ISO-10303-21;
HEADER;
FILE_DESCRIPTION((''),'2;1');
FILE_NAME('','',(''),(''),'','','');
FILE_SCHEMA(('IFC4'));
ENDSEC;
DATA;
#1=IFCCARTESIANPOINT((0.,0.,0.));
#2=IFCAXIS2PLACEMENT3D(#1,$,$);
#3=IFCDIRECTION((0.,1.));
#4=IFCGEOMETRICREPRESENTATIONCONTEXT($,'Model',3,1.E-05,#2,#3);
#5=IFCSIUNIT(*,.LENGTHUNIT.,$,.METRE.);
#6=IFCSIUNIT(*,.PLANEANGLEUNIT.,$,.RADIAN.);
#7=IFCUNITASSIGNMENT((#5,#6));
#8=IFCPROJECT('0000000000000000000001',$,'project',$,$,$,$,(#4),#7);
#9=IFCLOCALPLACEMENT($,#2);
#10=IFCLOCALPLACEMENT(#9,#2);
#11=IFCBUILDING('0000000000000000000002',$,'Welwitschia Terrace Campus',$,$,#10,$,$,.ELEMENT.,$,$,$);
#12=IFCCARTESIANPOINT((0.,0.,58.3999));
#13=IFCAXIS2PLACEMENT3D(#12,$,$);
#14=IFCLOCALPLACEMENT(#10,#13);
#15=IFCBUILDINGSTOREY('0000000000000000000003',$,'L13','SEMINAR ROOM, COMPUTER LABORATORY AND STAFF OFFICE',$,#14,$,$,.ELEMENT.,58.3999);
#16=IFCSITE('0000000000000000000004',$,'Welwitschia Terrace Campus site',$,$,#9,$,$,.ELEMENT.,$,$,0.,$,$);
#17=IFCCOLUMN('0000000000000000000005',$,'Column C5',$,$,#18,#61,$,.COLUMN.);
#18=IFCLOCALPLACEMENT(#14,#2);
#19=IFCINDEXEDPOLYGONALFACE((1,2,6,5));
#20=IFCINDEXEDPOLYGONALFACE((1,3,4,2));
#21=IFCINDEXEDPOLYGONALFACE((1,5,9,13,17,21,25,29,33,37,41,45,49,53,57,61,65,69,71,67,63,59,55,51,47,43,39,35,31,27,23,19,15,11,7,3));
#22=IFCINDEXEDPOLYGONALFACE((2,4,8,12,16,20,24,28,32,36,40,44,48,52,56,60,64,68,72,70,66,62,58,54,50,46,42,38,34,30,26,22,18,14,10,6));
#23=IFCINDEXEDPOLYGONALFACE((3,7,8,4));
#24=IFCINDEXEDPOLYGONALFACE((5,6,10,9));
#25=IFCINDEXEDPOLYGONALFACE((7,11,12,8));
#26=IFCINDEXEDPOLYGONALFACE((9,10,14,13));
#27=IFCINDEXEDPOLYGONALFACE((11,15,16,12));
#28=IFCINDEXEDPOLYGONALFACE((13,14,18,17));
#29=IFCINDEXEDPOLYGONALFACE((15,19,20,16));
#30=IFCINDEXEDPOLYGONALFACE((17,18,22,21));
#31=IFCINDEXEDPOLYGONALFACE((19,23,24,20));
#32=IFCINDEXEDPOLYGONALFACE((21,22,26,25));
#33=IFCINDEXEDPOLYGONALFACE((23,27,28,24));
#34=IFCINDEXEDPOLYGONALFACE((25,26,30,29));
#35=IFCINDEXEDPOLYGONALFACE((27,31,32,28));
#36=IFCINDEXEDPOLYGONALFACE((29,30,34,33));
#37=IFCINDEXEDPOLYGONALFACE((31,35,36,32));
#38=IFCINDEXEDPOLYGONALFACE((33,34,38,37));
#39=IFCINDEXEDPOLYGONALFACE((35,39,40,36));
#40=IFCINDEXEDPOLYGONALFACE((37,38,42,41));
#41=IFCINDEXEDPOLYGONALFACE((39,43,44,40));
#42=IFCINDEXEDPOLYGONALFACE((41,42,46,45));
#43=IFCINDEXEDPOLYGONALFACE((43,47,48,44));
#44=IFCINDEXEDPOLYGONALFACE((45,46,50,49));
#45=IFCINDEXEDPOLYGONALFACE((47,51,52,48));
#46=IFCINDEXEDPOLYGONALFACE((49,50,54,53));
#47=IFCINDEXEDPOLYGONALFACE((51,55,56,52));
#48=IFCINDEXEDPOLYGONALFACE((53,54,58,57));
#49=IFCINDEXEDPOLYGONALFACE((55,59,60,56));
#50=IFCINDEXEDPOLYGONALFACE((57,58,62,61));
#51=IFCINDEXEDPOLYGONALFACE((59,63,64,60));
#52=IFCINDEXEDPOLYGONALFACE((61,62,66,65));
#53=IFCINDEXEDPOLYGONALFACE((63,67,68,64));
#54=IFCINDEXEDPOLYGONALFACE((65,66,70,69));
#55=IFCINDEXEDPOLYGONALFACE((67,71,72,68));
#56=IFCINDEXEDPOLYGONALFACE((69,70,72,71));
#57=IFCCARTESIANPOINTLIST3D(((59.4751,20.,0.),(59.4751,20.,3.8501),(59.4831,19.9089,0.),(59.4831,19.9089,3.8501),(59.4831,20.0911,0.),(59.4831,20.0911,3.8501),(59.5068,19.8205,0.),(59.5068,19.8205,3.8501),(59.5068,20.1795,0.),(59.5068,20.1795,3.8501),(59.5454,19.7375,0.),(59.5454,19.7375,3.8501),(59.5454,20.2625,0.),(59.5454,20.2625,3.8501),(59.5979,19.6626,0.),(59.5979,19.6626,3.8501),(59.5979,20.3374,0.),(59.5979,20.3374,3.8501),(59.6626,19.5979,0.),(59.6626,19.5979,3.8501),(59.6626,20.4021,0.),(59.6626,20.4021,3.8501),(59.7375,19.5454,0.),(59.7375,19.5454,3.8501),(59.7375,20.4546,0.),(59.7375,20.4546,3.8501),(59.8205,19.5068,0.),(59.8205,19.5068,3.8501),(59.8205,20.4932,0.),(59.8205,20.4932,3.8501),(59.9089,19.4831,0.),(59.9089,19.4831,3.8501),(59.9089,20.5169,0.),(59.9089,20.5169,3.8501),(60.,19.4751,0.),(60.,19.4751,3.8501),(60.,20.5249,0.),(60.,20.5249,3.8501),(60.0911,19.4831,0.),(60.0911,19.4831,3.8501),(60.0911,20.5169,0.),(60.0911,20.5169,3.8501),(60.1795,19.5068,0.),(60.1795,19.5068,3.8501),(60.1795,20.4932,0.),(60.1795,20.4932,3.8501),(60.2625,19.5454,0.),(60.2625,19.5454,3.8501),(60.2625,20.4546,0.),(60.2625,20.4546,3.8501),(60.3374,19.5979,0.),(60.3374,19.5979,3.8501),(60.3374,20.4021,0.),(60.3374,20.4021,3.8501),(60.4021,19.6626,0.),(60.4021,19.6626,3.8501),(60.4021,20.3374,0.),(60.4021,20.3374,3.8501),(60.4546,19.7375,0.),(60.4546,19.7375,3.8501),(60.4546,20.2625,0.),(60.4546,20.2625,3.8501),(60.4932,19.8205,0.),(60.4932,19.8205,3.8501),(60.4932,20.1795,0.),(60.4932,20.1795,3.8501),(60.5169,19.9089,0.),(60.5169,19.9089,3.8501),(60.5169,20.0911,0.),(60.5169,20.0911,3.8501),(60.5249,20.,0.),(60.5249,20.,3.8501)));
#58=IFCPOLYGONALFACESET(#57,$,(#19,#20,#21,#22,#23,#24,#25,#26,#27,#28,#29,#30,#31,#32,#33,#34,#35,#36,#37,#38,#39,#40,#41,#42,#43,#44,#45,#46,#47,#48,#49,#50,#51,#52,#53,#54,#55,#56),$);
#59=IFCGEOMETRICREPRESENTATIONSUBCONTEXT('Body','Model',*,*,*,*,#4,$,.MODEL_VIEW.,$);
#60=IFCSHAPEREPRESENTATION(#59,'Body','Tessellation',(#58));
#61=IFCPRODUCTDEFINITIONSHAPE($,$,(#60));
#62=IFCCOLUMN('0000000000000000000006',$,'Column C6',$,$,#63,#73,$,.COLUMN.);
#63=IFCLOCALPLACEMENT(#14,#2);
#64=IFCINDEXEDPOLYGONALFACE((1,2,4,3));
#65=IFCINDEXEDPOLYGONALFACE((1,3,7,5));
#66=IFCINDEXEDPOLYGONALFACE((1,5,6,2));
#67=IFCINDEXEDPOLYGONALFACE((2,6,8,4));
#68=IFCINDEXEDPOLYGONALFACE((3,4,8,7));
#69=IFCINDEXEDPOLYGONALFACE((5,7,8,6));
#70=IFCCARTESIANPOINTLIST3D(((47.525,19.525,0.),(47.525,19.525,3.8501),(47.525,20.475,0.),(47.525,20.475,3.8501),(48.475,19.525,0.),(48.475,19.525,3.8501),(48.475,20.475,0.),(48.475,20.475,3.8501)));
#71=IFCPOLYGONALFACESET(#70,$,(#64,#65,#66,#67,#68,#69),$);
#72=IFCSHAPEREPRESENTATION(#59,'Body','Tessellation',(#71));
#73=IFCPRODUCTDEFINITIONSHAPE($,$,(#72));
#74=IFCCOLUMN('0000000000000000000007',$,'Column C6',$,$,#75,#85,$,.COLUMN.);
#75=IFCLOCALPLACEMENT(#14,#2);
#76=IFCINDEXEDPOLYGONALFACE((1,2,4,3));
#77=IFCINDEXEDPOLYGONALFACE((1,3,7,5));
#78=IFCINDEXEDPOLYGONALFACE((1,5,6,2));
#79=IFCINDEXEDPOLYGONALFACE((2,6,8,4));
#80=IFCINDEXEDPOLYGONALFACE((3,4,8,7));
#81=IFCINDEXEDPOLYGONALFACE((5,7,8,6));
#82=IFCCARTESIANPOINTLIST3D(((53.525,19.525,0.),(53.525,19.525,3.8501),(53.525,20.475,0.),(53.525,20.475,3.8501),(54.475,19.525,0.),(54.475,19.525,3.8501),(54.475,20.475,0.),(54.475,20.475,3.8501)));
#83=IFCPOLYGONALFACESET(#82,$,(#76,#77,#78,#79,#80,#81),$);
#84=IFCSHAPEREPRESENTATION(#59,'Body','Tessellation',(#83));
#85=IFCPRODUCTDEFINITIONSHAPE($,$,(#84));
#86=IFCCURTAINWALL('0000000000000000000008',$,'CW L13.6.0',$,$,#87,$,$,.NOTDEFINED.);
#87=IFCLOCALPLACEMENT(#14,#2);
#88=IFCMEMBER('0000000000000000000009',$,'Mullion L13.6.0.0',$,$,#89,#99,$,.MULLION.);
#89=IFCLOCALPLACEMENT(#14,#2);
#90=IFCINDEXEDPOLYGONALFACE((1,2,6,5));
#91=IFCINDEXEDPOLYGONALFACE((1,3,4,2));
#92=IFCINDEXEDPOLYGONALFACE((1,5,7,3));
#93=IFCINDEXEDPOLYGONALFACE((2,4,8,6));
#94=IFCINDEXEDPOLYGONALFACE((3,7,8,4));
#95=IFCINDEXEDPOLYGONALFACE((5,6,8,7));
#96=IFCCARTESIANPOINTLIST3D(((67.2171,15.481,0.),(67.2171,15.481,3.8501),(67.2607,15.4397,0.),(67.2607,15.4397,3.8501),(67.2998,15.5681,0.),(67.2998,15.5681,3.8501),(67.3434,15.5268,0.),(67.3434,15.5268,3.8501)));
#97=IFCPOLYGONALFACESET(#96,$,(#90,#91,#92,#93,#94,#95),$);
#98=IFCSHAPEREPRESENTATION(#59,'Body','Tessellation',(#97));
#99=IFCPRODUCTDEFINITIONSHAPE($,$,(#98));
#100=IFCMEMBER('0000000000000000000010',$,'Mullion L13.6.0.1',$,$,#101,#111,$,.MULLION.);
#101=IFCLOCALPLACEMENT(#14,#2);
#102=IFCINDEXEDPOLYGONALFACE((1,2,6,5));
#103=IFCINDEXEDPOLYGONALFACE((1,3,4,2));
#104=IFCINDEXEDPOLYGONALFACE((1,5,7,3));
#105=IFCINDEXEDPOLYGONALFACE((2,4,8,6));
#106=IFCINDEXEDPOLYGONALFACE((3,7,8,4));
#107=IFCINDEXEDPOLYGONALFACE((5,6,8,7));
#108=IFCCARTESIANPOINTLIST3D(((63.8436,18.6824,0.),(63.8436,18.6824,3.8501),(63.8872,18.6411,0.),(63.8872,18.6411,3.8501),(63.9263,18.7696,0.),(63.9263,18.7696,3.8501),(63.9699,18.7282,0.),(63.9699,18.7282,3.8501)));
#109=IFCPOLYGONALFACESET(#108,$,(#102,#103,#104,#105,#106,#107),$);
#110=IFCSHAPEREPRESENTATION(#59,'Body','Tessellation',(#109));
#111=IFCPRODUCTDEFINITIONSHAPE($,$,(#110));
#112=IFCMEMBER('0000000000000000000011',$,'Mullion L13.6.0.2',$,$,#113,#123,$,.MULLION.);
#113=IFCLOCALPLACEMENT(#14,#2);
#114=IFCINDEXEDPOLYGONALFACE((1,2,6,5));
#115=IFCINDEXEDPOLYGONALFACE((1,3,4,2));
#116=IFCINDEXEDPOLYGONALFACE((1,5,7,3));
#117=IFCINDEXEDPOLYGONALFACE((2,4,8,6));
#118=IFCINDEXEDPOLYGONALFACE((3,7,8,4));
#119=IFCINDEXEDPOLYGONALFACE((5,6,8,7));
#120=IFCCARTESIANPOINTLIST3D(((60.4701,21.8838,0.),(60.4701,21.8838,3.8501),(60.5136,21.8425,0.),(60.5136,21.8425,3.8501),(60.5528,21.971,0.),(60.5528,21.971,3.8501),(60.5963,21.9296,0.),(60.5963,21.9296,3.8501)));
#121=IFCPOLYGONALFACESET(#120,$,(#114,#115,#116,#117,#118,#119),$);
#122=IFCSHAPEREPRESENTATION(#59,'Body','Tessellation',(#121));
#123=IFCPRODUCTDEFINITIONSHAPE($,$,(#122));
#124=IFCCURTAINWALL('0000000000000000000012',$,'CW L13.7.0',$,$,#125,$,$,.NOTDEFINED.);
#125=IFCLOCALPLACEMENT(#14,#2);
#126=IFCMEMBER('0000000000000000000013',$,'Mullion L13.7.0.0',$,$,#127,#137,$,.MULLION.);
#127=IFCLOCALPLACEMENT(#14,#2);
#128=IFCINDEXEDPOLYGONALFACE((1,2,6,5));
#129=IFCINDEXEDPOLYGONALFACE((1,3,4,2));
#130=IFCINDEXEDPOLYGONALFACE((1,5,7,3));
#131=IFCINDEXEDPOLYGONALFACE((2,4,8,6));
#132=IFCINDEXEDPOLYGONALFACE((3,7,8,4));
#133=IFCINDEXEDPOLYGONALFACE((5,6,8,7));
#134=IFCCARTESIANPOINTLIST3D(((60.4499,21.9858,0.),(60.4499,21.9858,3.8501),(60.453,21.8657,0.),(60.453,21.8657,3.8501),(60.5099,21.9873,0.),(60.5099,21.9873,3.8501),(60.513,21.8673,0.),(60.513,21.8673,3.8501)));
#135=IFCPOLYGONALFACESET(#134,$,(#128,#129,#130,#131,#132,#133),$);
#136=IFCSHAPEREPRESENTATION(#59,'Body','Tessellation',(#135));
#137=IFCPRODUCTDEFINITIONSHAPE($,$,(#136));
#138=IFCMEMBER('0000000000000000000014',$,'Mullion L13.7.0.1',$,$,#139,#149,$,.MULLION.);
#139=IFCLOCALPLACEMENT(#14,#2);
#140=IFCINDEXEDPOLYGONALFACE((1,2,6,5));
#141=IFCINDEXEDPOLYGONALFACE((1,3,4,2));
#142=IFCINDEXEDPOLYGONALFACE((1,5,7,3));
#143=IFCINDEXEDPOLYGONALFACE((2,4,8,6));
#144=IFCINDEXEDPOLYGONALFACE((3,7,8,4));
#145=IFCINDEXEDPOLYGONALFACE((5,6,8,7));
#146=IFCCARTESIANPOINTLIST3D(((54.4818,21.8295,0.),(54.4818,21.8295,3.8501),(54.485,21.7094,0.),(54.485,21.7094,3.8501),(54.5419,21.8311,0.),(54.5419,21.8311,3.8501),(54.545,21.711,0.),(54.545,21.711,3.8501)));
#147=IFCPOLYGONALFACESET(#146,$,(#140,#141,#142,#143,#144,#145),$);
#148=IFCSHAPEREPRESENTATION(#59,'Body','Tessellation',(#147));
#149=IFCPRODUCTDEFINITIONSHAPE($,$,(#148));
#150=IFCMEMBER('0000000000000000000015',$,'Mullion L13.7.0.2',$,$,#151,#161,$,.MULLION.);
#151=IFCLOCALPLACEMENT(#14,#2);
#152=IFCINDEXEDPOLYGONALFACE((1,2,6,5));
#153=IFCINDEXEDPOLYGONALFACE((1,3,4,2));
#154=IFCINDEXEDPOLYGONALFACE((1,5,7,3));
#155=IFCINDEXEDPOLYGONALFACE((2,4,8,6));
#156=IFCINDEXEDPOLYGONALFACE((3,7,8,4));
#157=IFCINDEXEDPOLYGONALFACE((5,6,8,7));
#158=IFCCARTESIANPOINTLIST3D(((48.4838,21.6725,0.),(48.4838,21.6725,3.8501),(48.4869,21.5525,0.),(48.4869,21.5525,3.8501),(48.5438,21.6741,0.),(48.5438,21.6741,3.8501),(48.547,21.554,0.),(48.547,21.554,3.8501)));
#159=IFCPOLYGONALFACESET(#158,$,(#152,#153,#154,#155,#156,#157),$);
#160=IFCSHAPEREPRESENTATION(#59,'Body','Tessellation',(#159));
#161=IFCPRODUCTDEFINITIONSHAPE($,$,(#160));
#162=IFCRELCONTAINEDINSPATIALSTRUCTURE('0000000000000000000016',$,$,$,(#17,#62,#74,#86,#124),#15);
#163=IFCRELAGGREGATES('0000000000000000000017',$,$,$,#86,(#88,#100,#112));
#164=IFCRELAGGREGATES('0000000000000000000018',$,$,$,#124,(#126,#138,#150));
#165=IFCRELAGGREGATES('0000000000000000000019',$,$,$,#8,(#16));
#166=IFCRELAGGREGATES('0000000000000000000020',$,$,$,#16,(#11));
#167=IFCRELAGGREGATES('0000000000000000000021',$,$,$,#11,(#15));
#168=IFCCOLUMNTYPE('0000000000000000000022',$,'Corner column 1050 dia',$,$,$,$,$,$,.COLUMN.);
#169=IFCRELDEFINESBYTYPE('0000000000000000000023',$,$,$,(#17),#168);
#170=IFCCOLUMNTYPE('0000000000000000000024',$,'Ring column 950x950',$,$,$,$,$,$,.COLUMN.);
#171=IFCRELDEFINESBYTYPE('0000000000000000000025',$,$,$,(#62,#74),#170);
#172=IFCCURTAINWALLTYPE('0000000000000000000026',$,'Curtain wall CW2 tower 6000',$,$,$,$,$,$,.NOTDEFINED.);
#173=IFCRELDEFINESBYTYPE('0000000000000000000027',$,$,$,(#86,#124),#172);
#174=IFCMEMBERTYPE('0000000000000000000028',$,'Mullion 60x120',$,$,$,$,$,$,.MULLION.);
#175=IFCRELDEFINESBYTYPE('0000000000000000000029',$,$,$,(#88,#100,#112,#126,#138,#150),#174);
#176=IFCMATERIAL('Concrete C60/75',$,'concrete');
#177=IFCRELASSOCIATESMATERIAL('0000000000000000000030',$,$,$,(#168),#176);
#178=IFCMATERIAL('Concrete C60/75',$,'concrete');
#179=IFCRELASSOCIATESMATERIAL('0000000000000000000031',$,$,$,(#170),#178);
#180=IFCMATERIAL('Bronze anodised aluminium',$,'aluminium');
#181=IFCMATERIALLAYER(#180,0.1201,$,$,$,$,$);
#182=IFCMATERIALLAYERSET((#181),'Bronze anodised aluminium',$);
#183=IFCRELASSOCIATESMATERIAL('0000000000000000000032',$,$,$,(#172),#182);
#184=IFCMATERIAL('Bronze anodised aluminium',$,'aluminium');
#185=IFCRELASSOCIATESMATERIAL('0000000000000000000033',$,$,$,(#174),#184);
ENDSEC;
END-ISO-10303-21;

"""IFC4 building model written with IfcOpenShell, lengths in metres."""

from ifc_helpers import new_model, si_unit, direction, frame, origin, origin_2d, place, context, subcontext, project, spatial, rectangle, circle, extrude, material, layer, layer_set, material_profile, profile_set, type_object, element, aggregate, save


model = new_model("IFC4")

# Units and contexts
model_context = context("Model", 3, precision=1e-05, world=origin(), true_north=direction((0.0, 1.0)))
body_context = subcontext(model_context, "Body", "Model", "MODEL_VIEW")
ifc_project = project(units=[si_unit("LENGTHUNIT", "METRE"), si_unit("PLANEANGLEUNIT", "RADIAN")], contexts=[model_context])

# Site, building, storey
site_placement = place(None, origin())
site = spatial("IfcSite", under=ifc_project, at=site_placement, Name="Welwitschia Terrace Campus site", CompositionType="ELEMENT", RefElevation=0.0)
building_placement = place(site_placement, origin())
building = spatial("IfcBuilding", under=site, at=building_placement, Name="Welwitschia Terrace Campus", CompositionType="ELEMENT")
storey_placement = place(building_placement, frame((0.0, 0.0, 58.3999)))
storey = spatial("IfcBuildingStorey", under=building, at=storey_placement, Name="L13", Description="SEMINAR ROOM, COMPUTER LABORATORY AND STAFF OFFICE", CompositionType="ELEMENT", Elevation=58.3999)

# Columns
ifc_material_1 = material(Name="Concrete C60/75", Category="concrete")
ifc_material_profile_1 = material_profile(ifc_material_1, circle(Radius=0.5249, at=origin_2d()))
ifc_profile_set_1 = profile_set([ifc_material_profile_1], Name="Concrete C60/75")
column_type_1 = type_object("IfcColumnType", Name="Corner column 1050 dia", PredefinedType="COLUMN", material=ifc_profile_set_1)
column_placement = place(storey_placement, frame((60.0, 20.0, 0.0), z_axis=(0.0, 0.0, 1.0), x_axis=(1.0, 0.0, 0.0)))
element("IfcColumn", 1, at=column_placement, inside=storey, type_object=column_type_1, Name="Column C5", PredefinedType="COLUMN", context=body_context, shape_type="SweptSolid", body=[
    extrude(circle(Radius=0.5249, at=origin_2d()), origin(), (0.0, 0.0, 1.0), 3.8501),
])
ifc_material_2 = material(Name="Concrete C60/75", Category="concrete")
ifc_material_profile_2 = material_profile(ifc_material_2, rectangle(XDim=0.95, YDim=0.95, at=origin_2d()))
ifc_profile_set_2 = profile_set([ifc_material_profile_2], Name="Concrete C60/75")
column_type_2 = type_object("IfcColumnType", Name="Ring column 950x950", PredefinedType="COLUMN", material=ifc_profile_set_2)
for number, where, z_axis, x_axis, name in (
    (2, (48.0, 20.0, 0.0), (0.0, 0.0, 1.0), (1.0, 0.0, 0.0), "Column C6"),
    (3, (54.0, 20.0, 0.0), (0.0, 0.0, 1.0), (1.0, 0.0, 0.0), "Column C6"),
):
    element("IfcColumn", number, at=place(storey_placement, frame(where, z_axis=z_axis, x_axis=x_axis)), inside=storey, type_object=column_type_2, Name=name, PredefinedType="COLUMN", context=body_context, shape_type="SweptSolid", body=[
        extrude(rectangle(XDim=0.95, YDim=0.95, at=origin_2d()), origin(), (0.0, 0.0, 1.0), 3.8501),
    ])

# Curtain walls, members
ifc_material_3 = material(Name="Bronze anodised aluminium", Category="aluminium")
ifc_layer_1 = layer(ifc_material_3, 0.1201)
ifc_layer_set_1 = layer_set([ifc_layer_1], Name="Bronze anodised aluminium")
curtain_wall_type = type_object("IfcCurtainWallType", Name="Curtain wall CW2 tower 6000", PredefinedType="NOTDEFINED", material=ifc_layer_set_1)
curtain_wall_1_placement = place(storey_placement, origin())
curtain_wall_1 = element("IfcCurtainWall", 4, at=curtain_wall_1_placement, inside=storey, type_object=curtain_wall_type, Name="CW L13.6.0", PredefinedType="NOTDEFINED")
ifc_material_4 = material(Name="Bronze anodised aluminium", Category="aluminium")
ifc_material_profile_3 = material_profile(ifc_material_4, rectangle(XDim=0.1201, YDim=0.0601, at=origin_2d()))
ifc_profile_set_3 = profile_set([ifc_material_profile_3], Name="Bronze anodised aluminium")
member_type_1 = type_object("IfcMemberType", Name="Mullion 60x120", PredefinedType="MULLION", material=ifc_profile_set_3)
member_1_placement = place(storey_placement, frame((67.2803, 15.5039, 0.0), z_axis=(0.0, 0.0, 1.0), x_axis=(-0.688355, -0.725374, 0.0)))
member_1 = element("IfcMember", 5, at=member_1_placement, type_object=member_type_1, Name="Mullion L13.6.0.0", PredefinedType="MULLION", context=body_context, shape_type="SweptSolid", body=[
    extrude(rectangle(XDim=0.1201, YDim=0.0601, at=origin_2d()), origin(), (0.0, 0.0, 1.0), 3.8501),
])
member_2_placement = place(storey_placement, frame((63.9067, 18.7053, 0.0), z_axis=(0.0, 0.0, 1.0), x_axis=(-0.688355, -0.725374, 0.0)))
member_2 = element("IfcMember", 6, at=member_2_placement, type_object=member_type_1, Name="Mullion L13.6.0.1", PredefinedType="MULLION", context=body_context, shape_type="SweptSolid", body=[
    extrude(rectangle(XDim=0.1201, YDim=0.0601, at=origin_2d()), origin(), (0.0, 0.0, 1.0), 3.8501),
])
member_3_placement = place(storey_placement, frame((60.5332, 21.9067, 0.0), z_axis=(0.0, 0.0, 1.0), x_axis=(-0.688355, -0.725374, 0.0)))
member_3 = element("IfcMember", 7, at=member_3_placement, type_object=member_type_1, Name="Mullion L13.6.0.2", PredefinedType="MULLION", context=body_context, shape_type="SweptSolid", body=[
    extrude(rectangle(XDim=0.1201, YDim=0.0601, at=origin_2d()), origin(), (0.0, 0.0, 1.0), 3.8501),
])
curtain_wall_2_placement = place(storey_placement, origin())
curtain_wall_2 = element("IfcCurtainWall", 8, at=curtain_wall_2_placement, inside=storey, type_object=curtain_wall_type, Name="CW L13.7.0", PredefinedType="NOTDEFINED")
member_4_placement = place(storey_placement, frame((60.4814, 21.9265, 0.0), z_axis=(0.0, 0.0, 1.0), x_axis=(0.026177, -0.999657, 0.0)))
member_4 = element("IfcMember", 9, at=member_4_placement, type_object=member_type_1, Name="Mullion L13.7.0.0", PredefinedType="MULLION", context=body_context, shape_type="SweptSolid", body=[
    extrude(rectangle(XDim=0.1201, YDim=0.0601, at=origin_2d()), origin(), (0.0, 0.0, 1.0), 3.8501),
])
member_5_placement = place(storey_placement, frame((54.5134, 21.7703, 0.0), z_axis=(0.0, 0.0, 1.0), x_axis=(0.026177, -0.999657, 0.0)))
member_5 = element("IfcMember", 10, at=member_5_placement, type_object=member_type_1, Name="Mullion L13.7.0.1", PredefinedType="MULLION", context=body_context, shape_type="SweptSolid", body=[
    extrude(rectangle(XDim=0.1201, YDim=0.0601, at=origin_2d()), origin(), (0.0, 0.0, 1.0), 3.8501),
])
member_6_placement = place(storey_placement, frame((48.5154, 21.6133, 0.0), z_axis=(0.0, 0.0, 1.0), x_axis=(0.026177, -0.999657, 0.0)))
member_6 = element("IfcMember", 11, at=member_6_placement, type_object=member_type_1, Name="Mullion L13.7.0.2", PredefinedType="MULLION", context=body_context, shape_type="SweptSolid", body=[
    extrude(rectangle(XDim=0.1201, YDim=0.0601, at=origin_2d()), origin(), (0.0, 0.0, 1.0), 3.8501),
])

aggregate(curtain_wall_1, [member_1, member_2, member_3])
aggregate(curtain_wall_2, [member_4, member_5, member_6])

save(model, "model.ifc")
